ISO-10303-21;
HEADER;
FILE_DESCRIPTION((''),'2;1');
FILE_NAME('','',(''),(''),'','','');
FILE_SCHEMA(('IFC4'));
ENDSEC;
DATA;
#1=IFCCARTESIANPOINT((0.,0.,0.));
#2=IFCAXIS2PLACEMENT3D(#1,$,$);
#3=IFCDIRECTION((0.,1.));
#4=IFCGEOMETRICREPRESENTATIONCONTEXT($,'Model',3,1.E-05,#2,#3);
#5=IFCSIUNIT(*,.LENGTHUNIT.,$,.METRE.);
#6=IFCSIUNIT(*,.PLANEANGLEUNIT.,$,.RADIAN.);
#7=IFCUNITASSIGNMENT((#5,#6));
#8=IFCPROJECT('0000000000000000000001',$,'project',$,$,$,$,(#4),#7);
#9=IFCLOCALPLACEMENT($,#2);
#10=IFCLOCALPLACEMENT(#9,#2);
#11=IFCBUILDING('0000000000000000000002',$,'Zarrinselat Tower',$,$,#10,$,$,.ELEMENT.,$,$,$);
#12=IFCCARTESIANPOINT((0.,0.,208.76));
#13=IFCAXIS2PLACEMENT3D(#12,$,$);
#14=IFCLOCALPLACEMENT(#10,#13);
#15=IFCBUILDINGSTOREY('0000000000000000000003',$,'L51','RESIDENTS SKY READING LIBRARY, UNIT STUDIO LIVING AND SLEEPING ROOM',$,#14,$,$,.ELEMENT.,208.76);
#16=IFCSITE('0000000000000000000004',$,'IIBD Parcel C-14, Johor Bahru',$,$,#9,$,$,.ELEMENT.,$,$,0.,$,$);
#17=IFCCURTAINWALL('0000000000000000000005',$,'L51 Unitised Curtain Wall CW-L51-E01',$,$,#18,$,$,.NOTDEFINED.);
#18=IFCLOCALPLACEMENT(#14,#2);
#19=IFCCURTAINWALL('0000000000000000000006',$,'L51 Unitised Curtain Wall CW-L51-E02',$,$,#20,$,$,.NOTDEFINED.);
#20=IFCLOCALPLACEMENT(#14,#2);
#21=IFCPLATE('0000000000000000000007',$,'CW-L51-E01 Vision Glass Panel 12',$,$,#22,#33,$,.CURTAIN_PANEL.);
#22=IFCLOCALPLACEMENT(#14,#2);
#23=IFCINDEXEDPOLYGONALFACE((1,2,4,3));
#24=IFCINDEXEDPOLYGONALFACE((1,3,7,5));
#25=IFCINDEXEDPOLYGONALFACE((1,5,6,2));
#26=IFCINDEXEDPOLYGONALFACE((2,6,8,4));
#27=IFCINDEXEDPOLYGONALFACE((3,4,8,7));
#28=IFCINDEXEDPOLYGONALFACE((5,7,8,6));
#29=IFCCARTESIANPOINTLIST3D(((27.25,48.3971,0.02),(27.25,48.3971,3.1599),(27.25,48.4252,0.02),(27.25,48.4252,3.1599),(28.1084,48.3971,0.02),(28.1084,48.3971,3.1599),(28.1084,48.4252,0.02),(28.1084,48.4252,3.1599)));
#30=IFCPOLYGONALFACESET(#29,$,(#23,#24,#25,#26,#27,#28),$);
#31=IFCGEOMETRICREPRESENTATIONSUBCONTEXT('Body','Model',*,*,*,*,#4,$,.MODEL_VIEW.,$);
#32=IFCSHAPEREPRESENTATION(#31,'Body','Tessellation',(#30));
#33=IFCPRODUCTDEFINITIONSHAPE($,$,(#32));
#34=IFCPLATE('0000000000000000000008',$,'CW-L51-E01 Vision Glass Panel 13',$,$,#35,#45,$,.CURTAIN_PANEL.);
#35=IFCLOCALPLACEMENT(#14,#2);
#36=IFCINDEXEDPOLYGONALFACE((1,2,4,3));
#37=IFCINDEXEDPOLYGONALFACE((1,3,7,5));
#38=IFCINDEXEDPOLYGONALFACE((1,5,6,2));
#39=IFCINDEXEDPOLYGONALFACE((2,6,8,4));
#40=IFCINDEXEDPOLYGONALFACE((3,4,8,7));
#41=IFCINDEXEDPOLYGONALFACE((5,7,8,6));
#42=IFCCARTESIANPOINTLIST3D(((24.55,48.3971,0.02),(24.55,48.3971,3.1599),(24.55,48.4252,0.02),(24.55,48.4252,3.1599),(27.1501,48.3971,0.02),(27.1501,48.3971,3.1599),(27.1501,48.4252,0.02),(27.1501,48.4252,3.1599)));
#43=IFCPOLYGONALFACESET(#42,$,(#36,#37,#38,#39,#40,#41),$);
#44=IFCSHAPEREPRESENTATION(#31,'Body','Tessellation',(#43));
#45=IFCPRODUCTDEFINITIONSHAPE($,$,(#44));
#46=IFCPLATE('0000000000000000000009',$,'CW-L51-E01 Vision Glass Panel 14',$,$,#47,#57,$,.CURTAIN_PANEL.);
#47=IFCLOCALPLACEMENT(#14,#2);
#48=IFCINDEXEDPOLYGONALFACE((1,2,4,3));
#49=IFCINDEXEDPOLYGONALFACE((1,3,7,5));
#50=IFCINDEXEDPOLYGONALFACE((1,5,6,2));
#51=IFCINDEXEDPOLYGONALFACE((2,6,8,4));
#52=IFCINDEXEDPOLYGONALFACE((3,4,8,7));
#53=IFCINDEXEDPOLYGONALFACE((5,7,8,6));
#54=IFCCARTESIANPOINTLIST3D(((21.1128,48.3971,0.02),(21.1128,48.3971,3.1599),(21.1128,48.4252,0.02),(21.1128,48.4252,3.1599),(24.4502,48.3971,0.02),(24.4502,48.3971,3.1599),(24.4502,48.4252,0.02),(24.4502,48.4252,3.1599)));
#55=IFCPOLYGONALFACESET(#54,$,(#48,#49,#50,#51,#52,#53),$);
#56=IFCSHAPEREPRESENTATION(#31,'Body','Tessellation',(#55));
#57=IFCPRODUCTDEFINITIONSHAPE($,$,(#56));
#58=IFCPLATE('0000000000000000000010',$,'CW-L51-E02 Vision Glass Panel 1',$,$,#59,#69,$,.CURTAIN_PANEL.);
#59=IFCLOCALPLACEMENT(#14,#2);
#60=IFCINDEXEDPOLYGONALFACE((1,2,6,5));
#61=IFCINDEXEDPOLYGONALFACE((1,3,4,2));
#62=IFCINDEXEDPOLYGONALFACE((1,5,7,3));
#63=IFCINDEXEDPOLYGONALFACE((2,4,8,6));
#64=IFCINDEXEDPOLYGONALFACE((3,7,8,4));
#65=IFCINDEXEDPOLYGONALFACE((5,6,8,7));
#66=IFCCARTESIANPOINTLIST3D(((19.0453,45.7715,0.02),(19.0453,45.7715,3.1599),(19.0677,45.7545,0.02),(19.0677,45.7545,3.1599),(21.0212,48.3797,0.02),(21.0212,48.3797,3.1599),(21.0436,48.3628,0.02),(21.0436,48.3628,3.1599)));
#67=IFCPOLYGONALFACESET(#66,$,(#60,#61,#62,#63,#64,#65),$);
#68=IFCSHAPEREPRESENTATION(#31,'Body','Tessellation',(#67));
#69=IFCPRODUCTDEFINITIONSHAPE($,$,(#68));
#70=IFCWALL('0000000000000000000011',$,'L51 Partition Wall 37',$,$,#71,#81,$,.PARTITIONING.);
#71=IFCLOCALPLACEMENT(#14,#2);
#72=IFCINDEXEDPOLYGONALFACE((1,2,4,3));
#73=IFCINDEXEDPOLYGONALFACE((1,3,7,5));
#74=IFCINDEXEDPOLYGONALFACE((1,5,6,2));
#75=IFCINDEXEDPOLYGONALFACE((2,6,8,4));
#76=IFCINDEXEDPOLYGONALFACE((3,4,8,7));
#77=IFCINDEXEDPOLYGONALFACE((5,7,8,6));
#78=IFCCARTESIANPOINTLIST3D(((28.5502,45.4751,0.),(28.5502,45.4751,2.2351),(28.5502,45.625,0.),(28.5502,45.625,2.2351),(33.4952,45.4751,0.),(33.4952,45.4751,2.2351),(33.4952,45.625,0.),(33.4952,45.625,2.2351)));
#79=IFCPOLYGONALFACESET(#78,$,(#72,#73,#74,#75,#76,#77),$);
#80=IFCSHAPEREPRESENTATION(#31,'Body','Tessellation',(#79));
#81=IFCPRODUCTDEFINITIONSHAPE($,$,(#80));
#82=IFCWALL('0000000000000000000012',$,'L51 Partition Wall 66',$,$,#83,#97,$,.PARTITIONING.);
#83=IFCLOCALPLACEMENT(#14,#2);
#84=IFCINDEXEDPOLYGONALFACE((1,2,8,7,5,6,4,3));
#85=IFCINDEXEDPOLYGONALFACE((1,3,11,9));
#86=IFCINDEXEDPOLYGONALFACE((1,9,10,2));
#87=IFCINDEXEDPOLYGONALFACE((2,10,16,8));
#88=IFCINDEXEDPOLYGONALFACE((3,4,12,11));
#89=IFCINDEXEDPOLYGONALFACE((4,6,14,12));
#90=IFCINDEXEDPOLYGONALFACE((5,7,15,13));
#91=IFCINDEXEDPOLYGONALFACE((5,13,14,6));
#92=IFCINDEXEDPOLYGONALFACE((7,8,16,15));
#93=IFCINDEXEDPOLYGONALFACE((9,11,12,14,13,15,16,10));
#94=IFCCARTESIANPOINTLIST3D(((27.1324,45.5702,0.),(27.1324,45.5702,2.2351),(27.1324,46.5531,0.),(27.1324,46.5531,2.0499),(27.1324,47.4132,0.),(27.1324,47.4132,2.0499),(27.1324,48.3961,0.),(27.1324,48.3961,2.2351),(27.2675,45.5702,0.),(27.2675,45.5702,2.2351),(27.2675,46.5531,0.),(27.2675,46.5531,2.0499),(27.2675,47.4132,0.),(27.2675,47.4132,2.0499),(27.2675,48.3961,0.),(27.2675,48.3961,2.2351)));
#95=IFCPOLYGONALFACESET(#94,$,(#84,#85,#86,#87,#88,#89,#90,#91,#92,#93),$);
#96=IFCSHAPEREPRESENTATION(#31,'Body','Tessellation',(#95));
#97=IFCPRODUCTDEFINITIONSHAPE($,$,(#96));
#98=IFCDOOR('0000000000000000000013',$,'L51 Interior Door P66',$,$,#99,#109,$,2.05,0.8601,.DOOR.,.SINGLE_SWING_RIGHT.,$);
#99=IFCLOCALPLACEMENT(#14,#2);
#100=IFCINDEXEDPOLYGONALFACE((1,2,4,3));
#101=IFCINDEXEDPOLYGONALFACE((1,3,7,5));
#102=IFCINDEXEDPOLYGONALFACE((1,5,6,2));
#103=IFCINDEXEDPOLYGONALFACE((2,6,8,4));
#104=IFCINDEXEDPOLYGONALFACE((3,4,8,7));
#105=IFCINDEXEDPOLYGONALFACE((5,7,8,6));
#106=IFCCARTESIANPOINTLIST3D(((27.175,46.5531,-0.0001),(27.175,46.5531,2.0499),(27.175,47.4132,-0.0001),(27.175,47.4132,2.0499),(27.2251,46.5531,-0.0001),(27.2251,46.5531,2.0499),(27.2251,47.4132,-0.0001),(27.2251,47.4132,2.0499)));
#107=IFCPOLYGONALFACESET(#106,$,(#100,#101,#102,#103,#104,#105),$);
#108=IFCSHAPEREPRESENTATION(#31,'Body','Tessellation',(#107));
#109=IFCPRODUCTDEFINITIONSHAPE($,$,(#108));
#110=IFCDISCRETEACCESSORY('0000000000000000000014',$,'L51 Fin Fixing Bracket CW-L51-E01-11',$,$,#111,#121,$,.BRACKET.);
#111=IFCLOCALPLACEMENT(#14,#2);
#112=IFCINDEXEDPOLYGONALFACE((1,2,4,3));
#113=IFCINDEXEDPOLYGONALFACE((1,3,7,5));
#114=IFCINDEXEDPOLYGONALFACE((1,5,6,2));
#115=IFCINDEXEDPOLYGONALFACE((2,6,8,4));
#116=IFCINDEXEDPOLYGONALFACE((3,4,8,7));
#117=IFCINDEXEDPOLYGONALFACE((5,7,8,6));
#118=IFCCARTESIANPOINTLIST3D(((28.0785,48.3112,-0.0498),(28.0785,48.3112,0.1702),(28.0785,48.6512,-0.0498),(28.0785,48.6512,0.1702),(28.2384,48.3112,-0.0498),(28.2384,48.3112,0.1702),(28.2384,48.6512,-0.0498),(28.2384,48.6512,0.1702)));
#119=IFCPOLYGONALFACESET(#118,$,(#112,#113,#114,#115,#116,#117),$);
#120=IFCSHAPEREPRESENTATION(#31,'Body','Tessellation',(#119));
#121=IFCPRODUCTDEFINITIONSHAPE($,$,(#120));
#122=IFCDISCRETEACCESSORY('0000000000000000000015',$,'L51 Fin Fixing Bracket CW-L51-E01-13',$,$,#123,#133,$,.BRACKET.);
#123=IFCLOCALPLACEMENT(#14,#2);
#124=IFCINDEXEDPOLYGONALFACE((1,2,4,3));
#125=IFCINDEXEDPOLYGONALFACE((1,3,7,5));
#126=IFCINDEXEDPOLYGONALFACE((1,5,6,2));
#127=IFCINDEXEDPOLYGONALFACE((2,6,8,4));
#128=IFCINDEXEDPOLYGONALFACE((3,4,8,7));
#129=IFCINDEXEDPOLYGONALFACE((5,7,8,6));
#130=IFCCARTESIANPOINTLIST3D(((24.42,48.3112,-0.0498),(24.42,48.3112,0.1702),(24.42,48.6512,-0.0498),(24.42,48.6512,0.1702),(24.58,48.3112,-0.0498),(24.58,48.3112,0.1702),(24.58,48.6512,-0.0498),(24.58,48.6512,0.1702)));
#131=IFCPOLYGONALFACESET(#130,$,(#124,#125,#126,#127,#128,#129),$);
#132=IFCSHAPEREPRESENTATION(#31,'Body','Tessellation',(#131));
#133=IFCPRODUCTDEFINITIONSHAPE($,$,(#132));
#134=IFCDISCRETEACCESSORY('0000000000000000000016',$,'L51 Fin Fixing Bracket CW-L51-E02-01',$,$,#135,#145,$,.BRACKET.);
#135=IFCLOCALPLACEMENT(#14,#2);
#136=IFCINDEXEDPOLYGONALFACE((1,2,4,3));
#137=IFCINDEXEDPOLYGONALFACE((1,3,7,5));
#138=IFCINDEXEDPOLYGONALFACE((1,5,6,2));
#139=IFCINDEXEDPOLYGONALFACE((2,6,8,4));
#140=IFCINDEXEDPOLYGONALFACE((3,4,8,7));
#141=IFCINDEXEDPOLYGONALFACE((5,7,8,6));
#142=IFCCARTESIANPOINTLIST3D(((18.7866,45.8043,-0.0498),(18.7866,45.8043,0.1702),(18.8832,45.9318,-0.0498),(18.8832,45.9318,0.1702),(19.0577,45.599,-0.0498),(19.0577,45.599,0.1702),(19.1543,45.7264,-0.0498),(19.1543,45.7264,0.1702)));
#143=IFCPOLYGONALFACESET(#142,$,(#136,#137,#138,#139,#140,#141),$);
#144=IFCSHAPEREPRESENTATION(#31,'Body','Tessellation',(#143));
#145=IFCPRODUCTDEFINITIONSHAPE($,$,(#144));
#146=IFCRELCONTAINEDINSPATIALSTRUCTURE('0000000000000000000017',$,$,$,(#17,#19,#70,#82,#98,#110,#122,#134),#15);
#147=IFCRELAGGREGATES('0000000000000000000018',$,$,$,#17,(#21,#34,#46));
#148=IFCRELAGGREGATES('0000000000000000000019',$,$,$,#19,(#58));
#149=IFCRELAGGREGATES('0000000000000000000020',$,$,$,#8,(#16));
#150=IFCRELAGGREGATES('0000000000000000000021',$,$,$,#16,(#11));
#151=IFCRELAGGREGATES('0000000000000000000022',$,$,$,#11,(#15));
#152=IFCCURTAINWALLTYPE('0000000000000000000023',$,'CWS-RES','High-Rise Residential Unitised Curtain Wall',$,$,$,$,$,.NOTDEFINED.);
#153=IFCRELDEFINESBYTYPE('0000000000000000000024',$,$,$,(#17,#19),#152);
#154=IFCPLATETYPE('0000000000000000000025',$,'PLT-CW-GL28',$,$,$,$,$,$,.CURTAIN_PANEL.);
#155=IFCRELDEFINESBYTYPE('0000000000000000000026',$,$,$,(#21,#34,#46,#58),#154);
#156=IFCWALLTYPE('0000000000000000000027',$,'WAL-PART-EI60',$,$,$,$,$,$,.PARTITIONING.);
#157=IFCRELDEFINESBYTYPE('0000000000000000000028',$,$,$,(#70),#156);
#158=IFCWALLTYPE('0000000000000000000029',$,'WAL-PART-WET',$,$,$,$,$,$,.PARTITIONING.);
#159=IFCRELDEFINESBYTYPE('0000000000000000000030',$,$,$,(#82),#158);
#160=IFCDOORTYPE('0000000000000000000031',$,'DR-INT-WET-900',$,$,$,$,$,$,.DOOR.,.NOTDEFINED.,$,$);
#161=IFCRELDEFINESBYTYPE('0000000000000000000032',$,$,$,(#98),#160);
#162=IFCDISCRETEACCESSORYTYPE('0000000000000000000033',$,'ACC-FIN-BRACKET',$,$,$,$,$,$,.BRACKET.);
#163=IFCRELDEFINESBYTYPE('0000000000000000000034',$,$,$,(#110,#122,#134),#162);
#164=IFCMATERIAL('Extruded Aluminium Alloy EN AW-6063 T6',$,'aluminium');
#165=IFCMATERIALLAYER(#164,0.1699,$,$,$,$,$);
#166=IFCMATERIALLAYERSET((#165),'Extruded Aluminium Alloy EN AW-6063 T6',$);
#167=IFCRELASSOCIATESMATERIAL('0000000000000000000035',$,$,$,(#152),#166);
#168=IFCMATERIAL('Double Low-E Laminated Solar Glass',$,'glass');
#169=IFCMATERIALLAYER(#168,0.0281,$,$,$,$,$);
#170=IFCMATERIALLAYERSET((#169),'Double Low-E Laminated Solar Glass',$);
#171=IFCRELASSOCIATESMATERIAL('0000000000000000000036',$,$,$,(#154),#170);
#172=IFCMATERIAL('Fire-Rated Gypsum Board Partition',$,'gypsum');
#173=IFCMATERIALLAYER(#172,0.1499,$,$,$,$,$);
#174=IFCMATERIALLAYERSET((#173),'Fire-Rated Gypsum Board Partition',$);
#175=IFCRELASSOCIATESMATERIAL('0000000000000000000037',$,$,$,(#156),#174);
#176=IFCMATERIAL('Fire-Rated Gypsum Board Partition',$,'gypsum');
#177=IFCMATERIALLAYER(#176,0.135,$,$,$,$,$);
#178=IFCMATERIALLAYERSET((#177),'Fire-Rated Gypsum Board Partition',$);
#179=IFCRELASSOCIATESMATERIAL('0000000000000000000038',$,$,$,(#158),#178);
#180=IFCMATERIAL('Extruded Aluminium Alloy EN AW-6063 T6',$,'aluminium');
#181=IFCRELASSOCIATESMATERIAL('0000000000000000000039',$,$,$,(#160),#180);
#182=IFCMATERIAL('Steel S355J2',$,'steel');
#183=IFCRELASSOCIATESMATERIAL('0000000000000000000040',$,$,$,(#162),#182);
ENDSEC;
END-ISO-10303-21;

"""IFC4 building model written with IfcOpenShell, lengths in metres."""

from ifc_helpers import new_model, si_unit, direction, frame, frame_2d, origin, origin_2d, place, context, subcontext, project, spatial, rectangle, extrude, material, layer, layer_set, type_object, element, fill, aggregate, save


model = new_model("IFC4")

# Units and contexts
model_context = context("Model", 3, precision=1e-05, world=origin(), true_north=direction((0.0, 1.0)))
body_context = subcontext(model_context, "Body", "Model", "MODEL_VIEW")
ifc_project = project(units=[si_unit("LENGTHUNIT", "METRE"), si_unit("PLANEANGLEUNIT", "RADIAN")], contexts=[model_context])

# Site, building, storey
site_placement = place(None, origin())
site = spatial("IfcSite", under=ifc_project, at=site_placement, Name="IIBD Parcel C-14, Johor Bahru", CompositionType="ELEMENT", RefElevation=0.0)
building_placement = place(site_placement, origin())
building = spatial("IfcBuilding", under=site, at=building_placement, Name="Zarrinselat Tower", CompositionType="ELEMENT")
storey_placement = place(building_placement, frame((0.0, 0.0, 208.76)))
storey = spatial("IfcBuildingStorey", under=building, at=storey_placement, Name="L51", Description="RESIDENTS SKY READING LIBRARY, UNIT STUDIO LIVING AND SLEEPING ROOM", CompositionType="ELEMENT", Elevation=208.76)

# Curtain walls
ifc_material_1 = material(Name="Extruded Aluminium Alloy EN AW-6063 T6", Category="aluminium")
ifc_layer_1 = layer(ifc_material_1, 0.1699)
ifc_layer_set_1 = layer_set([ifc_layer_1], Name="Extruded Aluminium Alloy EN AW-6063 T6")
curtain_wall_type = type_object("IfcCurtainWallType", Name="CWS-RES", Description="High-Rise Residential Unitised Curtain Wall", PredefinedType="NOTDEFINED", material=ifc_layer_set_1)
curtain_wall_1_placement = place(storey_placement, origin())
curtain_wall_1 = element("IfcCurtainWall", 1, at=curtain_wall_1_placement, inside=storey, type_object=curtain_wall_type, Name="L51 Unitised Curtain Wall CW-L51-E01", PredefinedType="NOTDEFINED")
curtain_wall_2_placement = place(storey_placement, origin())
curtain_wall_2 = element("IfcCurtainWall", 2, at=curtain_wall_2_placement, inside=storey, type_object=curtain_wall_type, Name="L51 Unitised Curtain Wall CW-L51-E02", PredefinedType="NOTDEFINED")

# Plates
ifc_material_2 = material(Name="Double Low-E Laminated Solar Glass", Category="glass")
ifc_layer_2 = layer(ifc_material_2, 0.0281)
ifc_layer_set_2 = layer_set([ifc_layer_2], Name="Double Low-E Laminated Solar Glass")
plate_type = type_object("IfcPlateType", Name="PLT-CW-GL28", PredefinedType="CURTAIN_PANEL", material=ifc_layer_set_2)
plate_1_placement = place(storey_placement, frame((27.6792, 48.4111, 0.02), z_axis=(0.0, 0.0, 1.0), x_axis=(-1.0, 0.0, 0.0)))
plate_1 = element("IfcPlate", 3, at=plate_1_placement, type_object=plate_type, Name="CW-L51-E01 Vision Glass Panel 12", PredefinedType="CURTAIN_PANEL", context=body_context, shape_type="SweptSolid", body=[
    extrude(rectangle(XDim=0.8584, YDim=0.0281, at=origin_2d()), origin(), (0.0, 0.0, 1.0), 3.1399),
])
plate_2_placement = place(storey_placement, frame((25.8501, 48.4111, 0.02), z_axis=(0.0, 0.0, 1.0), x_axis=(-1.0, 0.0, 0.0)))
plate_2 = element("IfcPlate", 4, at=plate_2_placement, type_object=plate_type, Name="CW-L51-E01 Vision Glass Panel 13", PredefinedType="CURTAIN_PANEL", context=body_context, shape_type="SweptSolid", body=[
    extrude(rectangle(XDim=2.6001, YDim=0.0281, at=origin_2d()), origin(), (0.0, 0.0, 1.0), 3.1399),
])
plate_3_placement = place(storey_placement, frame((22.7815, 48.4111, 0.02), z_axis=(0.0, 0.0, 1.0), x_axis=(-1.0, 0.0, 0.0)))
plate_3 = element("IfcPlate", 5, at=plate_3_placement, type_object=plate_type, Name="CW-L51-E01 Vision Glass Panel 14", PredefinedType="CURTAIN_PANEL", context=body_context, shape_type="SweptSolid", body=[
    extrude(rectangle(XDim=3.3374, YDim=0.0281, at=origin_2d()), origin(), (0.0, 0.0, 1.0), 3.1399),
])
aggregate(curtain_wall_1, [plate_1, plate_2, plate_3])
plate_4_placement = place(storey_placement, frame((20.0444, 47.0671, 0.02), z_axis=(0.0, 0.0, 1.0), x_axis=(-0.603854, -0.797095, 0.0)))
plate_4 = element("IfcPlate", 6, at=plate_4_placement, type_object=plate_type, Name="CW-L51-E02 Vision Glass Panel 1", PredefinedType="CURTAIN_PANEL", context=body_context, shape_type="SweptSolid", body=[
    extrude(rectangle(XDim=3.2722, YDim=0.0281, at=origin_2d()), origin(), (0.0, 0.0, 1.0), 3.1399),
])
aggregate(curtain_wall_2, [plate_4])

# Wall
ifc_material_3 = material(Name="Fire-Rated Gypsum Board Partition", Category="gypsum")
ifc_layer_3 = layer(ifc_material_3, 0.1499)
ifc_layer_set_3 = layer_set([ifc_layer_3], Name="Fire-Rated Gypsum Board Partition")
wall_type_1 = type_object("IfcWallType", Name="WAL-PART-EI60", PredefinedType="PARTITIONING", material=ifc_layer_set_3)
wall_1_placement = place(storey_placement, frame((28.55, 45.55, 0.0), z_axis=(0.0, 0.0, 1.0), x_axis=(1.0, 0.0, 0.0)))
element("IfcWall", 7, at=wall_1_placement, inside=storey, type_object=wall_type_1, Name="L51 Partition Wall 37", PredefinedType="PARTITIONING", context=body_context, shape_type="SweptSolid", body=[
    extrude(rectangle(XDim=4.9451, YDim=0.1499, at=frame_2d((2.4727, 0.0))), origin(), (0.0, 0.0, 1.0), 2.2351),
])

# Wall, opening, door
ifc_material_4 = material(Name="Fire-Rated Gypsum Board Partition", Category="gypsum")
ifc_layer_4 = layer(ifc_material_4, 0.135)
ifc_layer_set_4 = layer_set([ifc_layer_4], Name="Fire-Rated Gypsum Board Partition")
wall_type_2 = type_object("IfcWallType", Name="WAL-PART-WET", PredefinedType="PARTITIONING", material=ifc_layer_set_4)
wall_2_placement = place(storey_placement, frame((27.2, 45.5701, 0.0), z_axis=(0.0, 0.0, 1.0), x_axis=(0.0, 1.0, 0.0)))
wall_2 = element("IfcWall", 8, at=wall_2_placement, inside=storey, type_object=wall_type_2, Name="L51 Partition Wall 66", PredefinedType="PARTITIONING", context=body_context, shape_type="SweptSolid", body=[
    extrude(rectangle(XDim=2.8259, YDim=0.135, at=frame_2d((1.4131, 0.0))), origin(), (0.0, 0.0, 1.0), 2.2351),
])
opening_placement = place(wall_2_placement, frame((0.9829, 0.0, 0.0)))
opening = element("IfcOpeningElement", 9, at=opening_placement, cuts=wall_2, PredefinedType="OPENING", context=body_context, shape_type="SweptSolid", body=[
    extrude(rectangle(XDim=0.8601, YDim=2.05, at=frame_2d((0.4302, 1.0249))), frame((0.0, 0.0774, 0.0), z_axis=(0.0, -1.0, 0.0), x_axis=(1.0, 0.0, 0.0)), (0.0, 0.0, 1.0), 0.155),
])
ifc_material_5 = material(Name="Extruded Aluminium Alloy EN AW-6063 T6", Category="aluminium")
door_type = type_object("IfcDoorType", Name="DR-INT-WET-900", OperationType="NOTDEFINED", PredefinedType="DOOR", material=ifc_material_5)
door_placement = place(opening_placement, origin())
door = element("IfcDoor", 10, at=door_placement, inside=storey, type_object=door_type, Name="L51 Interior Door P66", OperationType="SINGLE_SWING_RIGHT", OverallHeight=2.05, OverallWidth=0.8601, PredefinedType="DOOR", context=body_context, shape_type="SweptSolid", body=[
    extrude(rectangle(XDim=0.8601, YDim=2.05, at=frame_2d((0.4302, 1.0249))), frame((0.0, 0.0249, 0.0), z_axis=(0.0, -1.0, 0.0), x_axis=(1.0, 0.0, 0.0)), (0.0, 0.0, 1.0), 0.05),
])
fill(opening, door)

# Discrete accessories
ifc_material_6 = material(Name="Steel S355J2", Category="steel")
discrete_accessory_type = type_object("IfcDiscreteAccessoryType", Name="ACC-FIN-BRACKET", PredefinedType="BRACKET", material=ifc_material_6)
for number, where, z_axis, x_axis, name in (
    (11, (28.1584, 48.4812, -0.0498), (0.0, 0.0, 1.0), (0.0, 1.0, 0.0), "L51 Fin Fixing Bracket CW-L51-E01-11"),
    (12, (24.5, 48.4812, -0.0498), (0.0, 0.0, 1.0), (0.0, 1.0, 0.0), "L51 Fin Fixing Bracket CW-L51-E01-13"),
    (13, (18.9705, 45.7654, -0.0498), (0.0, 0.0, 1.0), (-0.797095, 0.603854, 0.0), "L51 Fin Fixing Bracket CW-L51-E02-01"),
):
    element("IfcDiscreteAccessory", number, at=place(storey_placement, frame(where, z_axis=z_axis, x_axis=x_axis)), inside=storey, type_object=discrete_accessory_type, Name=name, PredefinedType="BRACKET", context=body_context, shape_type="SweptSolid", body=[
        extrude(rectangle(XDim=0.3401, YDim=0.1599, at=origin_2d()), origin(), (0.0, 0.0, 1.0), 0.22),
    ])

save(model, "model.ifc")
